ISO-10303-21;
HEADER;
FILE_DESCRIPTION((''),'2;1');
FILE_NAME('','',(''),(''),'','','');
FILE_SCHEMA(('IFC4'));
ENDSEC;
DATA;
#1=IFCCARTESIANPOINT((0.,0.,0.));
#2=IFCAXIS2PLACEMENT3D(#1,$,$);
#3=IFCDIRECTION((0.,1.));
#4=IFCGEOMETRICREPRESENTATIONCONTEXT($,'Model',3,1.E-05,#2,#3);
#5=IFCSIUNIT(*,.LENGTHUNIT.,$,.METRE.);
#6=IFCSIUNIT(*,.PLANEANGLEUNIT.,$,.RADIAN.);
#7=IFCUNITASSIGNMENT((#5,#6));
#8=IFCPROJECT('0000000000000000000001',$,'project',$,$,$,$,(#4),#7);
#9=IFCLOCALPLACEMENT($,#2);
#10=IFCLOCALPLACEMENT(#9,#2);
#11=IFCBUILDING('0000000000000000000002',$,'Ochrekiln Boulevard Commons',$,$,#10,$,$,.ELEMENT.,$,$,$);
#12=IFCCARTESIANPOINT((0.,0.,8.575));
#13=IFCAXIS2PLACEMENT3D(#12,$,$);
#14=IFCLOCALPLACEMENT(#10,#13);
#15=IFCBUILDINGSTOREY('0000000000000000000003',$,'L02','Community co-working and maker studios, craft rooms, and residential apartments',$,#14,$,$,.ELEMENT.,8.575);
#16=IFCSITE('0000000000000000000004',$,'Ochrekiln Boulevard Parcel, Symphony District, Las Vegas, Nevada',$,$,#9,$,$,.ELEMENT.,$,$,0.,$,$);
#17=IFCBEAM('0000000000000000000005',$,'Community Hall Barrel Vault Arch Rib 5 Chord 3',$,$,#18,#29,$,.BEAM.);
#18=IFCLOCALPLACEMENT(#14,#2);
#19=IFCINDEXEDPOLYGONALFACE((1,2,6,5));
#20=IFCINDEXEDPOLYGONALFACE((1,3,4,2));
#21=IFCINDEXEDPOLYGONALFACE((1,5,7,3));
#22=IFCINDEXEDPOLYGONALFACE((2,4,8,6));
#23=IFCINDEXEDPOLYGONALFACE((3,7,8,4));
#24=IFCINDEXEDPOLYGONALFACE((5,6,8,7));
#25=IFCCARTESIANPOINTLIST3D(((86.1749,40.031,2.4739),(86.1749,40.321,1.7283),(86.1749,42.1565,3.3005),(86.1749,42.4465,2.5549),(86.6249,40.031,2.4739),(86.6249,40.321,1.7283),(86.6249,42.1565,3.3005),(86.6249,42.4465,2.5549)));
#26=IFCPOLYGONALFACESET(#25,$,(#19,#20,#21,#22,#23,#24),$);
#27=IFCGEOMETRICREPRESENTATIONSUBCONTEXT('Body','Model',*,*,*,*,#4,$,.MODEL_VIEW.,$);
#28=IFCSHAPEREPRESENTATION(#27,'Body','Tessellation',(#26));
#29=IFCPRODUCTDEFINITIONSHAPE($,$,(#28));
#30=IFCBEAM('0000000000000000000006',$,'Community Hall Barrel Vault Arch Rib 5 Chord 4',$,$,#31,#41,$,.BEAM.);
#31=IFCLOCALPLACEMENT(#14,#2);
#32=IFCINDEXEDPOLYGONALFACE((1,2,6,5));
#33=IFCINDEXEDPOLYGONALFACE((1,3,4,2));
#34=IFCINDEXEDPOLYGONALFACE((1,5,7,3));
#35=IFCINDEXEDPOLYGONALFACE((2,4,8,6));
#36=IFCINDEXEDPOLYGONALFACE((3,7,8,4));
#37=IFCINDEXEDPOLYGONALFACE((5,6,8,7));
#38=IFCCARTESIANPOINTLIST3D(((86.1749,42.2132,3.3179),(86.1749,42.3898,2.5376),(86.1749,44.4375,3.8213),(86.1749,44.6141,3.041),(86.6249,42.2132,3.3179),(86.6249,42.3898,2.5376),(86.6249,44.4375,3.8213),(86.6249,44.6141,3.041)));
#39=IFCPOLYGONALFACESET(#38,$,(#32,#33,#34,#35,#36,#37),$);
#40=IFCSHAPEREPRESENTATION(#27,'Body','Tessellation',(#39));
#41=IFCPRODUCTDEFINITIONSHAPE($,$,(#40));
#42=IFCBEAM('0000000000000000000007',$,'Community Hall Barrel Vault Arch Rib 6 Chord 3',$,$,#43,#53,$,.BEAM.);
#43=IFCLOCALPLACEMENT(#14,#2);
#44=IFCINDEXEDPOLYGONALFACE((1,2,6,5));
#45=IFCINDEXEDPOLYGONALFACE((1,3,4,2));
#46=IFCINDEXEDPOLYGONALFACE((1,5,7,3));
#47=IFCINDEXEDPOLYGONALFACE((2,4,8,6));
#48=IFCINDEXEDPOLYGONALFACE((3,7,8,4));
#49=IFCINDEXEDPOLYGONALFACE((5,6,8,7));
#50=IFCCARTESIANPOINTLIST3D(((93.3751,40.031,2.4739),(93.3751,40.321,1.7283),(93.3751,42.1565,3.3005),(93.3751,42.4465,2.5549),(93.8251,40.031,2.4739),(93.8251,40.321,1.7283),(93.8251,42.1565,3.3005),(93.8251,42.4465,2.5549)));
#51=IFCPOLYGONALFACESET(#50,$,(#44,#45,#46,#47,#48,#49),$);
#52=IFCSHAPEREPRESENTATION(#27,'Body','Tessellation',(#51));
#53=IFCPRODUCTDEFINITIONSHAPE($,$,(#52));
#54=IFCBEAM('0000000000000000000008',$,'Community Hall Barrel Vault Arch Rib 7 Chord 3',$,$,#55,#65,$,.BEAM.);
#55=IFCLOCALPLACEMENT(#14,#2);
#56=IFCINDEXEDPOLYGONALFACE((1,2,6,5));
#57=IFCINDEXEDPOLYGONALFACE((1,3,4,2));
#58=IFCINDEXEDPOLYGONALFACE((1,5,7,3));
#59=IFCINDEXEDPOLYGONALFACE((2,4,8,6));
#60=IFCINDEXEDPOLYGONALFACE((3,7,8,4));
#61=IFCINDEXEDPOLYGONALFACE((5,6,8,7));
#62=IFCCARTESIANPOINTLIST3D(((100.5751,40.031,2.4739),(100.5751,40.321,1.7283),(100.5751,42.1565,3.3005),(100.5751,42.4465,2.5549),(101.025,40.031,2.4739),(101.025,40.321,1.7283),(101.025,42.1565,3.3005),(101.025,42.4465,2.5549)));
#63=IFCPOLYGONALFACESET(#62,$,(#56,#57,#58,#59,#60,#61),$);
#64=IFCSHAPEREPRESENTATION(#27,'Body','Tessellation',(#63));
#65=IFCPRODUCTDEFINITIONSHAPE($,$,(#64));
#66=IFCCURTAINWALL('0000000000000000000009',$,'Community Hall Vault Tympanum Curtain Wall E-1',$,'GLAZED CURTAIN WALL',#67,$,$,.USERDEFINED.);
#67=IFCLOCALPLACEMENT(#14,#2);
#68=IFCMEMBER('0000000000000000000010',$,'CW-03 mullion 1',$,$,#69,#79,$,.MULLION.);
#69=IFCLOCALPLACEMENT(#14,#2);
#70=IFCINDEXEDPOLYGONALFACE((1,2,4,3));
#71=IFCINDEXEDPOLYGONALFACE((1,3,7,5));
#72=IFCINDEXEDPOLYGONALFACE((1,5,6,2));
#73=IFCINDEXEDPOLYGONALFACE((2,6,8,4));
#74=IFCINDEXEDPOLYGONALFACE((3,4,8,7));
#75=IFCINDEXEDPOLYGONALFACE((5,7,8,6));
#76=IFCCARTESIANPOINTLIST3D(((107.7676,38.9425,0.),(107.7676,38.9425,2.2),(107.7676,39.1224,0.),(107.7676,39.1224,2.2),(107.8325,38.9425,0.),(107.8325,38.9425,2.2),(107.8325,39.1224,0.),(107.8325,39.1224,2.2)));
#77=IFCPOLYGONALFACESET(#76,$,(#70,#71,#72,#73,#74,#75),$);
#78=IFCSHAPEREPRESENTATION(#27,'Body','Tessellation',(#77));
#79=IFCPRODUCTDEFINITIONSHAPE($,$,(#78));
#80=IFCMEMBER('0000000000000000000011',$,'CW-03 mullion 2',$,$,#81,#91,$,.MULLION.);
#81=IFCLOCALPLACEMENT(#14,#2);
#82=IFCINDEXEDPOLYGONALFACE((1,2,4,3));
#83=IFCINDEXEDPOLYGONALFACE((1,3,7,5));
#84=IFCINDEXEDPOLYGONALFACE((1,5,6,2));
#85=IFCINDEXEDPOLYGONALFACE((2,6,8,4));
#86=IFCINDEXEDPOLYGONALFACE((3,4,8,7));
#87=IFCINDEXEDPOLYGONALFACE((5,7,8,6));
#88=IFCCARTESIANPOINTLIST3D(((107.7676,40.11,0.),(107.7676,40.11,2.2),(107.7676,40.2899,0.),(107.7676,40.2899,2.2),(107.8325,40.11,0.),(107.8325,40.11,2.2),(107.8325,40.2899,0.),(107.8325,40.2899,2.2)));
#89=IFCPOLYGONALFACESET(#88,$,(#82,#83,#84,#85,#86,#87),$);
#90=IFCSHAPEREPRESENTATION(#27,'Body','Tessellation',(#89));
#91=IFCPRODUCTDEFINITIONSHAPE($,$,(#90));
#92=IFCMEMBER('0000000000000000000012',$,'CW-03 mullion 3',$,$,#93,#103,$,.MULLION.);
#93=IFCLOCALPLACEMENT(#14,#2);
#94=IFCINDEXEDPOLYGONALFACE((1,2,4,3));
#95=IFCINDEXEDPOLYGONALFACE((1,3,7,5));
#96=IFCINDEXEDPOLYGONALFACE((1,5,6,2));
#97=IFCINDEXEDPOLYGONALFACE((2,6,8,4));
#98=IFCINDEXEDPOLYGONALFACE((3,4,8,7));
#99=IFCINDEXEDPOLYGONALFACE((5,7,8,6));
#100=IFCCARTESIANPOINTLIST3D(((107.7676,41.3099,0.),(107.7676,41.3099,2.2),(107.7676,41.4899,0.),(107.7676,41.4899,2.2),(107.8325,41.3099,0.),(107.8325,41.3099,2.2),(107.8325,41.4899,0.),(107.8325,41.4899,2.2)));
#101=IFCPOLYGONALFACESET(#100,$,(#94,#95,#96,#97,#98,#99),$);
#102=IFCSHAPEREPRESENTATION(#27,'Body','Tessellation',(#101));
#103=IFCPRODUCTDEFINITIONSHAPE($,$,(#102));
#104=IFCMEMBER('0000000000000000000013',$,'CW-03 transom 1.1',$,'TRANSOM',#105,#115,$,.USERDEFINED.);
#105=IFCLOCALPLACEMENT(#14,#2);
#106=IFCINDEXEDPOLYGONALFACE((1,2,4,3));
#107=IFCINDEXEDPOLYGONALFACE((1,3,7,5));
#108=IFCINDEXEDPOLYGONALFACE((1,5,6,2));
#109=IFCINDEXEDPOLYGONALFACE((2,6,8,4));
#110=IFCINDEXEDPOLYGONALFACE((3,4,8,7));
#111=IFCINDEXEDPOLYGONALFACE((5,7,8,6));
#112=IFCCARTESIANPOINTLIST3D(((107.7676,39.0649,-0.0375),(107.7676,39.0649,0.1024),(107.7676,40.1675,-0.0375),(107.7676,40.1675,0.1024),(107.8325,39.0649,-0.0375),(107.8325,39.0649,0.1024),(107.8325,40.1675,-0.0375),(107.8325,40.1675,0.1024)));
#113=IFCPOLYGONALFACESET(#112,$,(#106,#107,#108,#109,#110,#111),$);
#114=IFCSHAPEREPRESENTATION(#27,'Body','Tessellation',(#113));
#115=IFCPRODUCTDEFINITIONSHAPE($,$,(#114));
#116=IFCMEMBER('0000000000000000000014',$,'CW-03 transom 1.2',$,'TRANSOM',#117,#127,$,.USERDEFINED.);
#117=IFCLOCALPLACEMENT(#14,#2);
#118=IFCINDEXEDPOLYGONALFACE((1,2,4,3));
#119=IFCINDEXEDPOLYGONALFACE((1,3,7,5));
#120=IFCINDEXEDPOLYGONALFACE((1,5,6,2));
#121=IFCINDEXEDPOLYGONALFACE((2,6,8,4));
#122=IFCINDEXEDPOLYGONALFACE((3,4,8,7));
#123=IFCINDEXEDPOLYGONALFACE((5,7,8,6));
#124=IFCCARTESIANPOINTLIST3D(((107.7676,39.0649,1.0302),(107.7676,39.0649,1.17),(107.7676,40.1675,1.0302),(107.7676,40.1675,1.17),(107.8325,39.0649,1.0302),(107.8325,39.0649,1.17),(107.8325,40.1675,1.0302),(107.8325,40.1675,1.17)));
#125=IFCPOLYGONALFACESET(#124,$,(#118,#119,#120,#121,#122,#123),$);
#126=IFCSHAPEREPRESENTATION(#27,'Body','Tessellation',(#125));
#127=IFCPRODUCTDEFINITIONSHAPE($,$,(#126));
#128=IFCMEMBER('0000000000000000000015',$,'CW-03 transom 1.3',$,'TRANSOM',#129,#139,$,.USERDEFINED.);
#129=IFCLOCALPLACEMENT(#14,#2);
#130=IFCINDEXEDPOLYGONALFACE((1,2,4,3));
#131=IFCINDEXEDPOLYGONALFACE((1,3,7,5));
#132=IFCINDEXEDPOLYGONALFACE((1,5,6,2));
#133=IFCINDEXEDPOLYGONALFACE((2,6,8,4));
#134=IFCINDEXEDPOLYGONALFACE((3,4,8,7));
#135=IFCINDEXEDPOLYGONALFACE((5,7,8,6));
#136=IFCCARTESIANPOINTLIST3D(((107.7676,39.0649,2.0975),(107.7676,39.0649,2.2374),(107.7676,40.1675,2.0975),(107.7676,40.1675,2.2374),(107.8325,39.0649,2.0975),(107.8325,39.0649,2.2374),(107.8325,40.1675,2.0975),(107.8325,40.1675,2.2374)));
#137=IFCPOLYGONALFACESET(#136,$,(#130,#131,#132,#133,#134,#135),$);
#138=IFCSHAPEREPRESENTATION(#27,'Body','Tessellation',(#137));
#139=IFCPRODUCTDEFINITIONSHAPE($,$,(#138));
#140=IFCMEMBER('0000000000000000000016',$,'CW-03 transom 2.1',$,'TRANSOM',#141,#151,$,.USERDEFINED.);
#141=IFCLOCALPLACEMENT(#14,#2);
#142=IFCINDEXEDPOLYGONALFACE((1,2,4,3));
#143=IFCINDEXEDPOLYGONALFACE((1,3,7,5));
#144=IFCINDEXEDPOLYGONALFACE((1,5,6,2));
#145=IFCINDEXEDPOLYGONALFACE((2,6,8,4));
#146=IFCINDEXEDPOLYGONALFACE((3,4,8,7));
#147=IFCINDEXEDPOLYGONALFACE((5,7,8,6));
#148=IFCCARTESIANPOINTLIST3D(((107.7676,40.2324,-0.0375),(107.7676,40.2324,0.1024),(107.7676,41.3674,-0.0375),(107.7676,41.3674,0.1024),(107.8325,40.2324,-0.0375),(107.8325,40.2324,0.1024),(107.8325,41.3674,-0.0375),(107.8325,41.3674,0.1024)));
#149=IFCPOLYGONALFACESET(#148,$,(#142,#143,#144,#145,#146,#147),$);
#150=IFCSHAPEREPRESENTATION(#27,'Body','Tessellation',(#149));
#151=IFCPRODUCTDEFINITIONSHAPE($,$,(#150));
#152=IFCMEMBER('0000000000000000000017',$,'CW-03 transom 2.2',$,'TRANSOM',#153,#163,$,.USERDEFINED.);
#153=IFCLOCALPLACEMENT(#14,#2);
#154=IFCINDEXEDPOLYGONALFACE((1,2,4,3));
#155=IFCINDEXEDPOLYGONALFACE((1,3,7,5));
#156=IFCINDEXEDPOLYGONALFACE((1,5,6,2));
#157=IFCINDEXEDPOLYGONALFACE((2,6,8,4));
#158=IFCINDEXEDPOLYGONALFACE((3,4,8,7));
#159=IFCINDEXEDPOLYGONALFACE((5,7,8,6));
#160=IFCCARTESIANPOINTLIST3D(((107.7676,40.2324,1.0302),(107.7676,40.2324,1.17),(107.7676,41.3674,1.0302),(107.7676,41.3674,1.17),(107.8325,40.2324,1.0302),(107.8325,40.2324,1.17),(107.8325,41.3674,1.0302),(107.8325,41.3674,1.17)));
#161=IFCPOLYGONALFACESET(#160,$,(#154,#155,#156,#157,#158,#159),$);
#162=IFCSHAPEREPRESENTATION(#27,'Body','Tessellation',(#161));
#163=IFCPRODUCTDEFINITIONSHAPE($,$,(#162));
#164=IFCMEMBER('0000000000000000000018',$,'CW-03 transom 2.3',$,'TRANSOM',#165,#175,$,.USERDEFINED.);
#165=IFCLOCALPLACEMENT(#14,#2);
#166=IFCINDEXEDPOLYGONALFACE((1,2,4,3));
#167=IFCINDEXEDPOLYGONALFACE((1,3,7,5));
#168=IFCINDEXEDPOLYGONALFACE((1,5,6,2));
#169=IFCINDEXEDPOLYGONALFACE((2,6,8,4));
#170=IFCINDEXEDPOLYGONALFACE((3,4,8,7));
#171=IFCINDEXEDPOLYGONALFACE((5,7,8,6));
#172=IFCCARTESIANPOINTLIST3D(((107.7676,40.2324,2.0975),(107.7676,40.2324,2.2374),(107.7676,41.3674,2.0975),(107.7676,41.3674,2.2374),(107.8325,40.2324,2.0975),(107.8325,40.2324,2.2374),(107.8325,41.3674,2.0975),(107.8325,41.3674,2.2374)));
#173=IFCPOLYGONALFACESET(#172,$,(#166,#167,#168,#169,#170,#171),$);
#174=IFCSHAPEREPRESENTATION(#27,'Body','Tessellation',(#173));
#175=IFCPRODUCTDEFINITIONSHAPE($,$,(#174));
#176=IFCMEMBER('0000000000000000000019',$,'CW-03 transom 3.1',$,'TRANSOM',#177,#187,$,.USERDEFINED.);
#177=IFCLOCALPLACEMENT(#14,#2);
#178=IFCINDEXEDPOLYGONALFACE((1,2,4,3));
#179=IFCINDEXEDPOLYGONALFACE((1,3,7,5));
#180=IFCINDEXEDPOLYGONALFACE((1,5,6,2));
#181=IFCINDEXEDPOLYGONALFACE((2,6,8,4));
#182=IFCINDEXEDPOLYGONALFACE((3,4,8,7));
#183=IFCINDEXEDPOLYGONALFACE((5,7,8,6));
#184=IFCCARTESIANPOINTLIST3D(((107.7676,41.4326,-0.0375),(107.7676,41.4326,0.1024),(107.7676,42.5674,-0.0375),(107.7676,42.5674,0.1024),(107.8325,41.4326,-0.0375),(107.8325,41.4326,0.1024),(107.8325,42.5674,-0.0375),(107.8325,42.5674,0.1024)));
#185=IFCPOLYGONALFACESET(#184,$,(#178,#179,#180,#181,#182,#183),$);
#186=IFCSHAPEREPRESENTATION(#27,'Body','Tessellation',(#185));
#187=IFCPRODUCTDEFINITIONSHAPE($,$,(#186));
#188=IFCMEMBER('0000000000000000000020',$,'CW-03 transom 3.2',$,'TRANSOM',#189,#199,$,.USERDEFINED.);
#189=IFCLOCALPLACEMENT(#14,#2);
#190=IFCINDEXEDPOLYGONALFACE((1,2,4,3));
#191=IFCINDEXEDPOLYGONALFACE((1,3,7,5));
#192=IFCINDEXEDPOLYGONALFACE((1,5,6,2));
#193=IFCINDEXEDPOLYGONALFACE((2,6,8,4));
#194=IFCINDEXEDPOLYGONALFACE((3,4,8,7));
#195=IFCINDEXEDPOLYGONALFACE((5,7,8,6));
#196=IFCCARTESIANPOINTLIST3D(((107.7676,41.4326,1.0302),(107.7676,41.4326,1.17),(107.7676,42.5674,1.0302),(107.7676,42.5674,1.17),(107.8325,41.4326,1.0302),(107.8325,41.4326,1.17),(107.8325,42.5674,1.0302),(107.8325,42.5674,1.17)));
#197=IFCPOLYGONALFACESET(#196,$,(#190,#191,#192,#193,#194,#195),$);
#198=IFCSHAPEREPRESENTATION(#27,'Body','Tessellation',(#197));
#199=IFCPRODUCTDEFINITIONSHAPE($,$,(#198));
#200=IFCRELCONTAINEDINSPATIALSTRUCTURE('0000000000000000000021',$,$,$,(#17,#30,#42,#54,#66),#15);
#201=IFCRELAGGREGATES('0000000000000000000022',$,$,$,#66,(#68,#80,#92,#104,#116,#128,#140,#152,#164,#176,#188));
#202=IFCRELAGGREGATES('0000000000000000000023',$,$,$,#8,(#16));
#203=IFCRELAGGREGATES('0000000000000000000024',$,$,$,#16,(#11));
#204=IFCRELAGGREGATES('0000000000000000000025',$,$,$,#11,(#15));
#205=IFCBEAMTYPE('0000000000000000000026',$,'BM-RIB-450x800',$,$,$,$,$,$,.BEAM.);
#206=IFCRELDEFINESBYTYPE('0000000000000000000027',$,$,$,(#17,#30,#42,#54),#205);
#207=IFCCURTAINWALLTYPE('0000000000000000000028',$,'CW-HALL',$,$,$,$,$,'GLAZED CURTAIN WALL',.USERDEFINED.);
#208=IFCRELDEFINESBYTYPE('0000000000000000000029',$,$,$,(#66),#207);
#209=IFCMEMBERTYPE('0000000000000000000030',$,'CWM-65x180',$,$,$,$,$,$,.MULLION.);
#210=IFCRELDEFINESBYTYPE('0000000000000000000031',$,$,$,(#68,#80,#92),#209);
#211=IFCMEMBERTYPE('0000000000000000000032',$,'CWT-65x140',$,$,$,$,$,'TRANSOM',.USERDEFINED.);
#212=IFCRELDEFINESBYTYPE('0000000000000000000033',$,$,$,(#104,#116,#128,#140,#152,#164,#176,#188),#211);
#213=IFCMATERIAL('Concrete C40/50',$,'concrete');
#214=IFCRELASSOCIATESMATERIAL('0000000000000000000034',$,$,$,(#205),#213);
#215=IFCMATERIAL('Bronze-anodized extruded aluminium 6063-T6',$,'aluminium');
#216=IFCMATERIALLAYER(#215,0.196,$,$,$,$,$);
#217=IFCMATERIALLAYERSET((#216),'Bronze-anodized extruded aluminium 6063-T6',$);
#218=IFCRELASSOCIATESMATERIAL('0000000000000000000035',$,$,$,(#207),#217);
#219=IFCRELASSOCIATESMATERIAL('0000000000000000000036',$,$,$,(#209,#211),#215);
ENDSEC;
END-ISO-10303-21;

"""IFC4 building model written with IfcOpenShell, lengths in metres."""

from ifc_helpers import new_model, si_unit, direction, frame, origin, origin_2d, place, context, subcontext, project, spatial, rectangle, extrude, material, layer, layer_set, material_profile, profile_set, type_object, element, aggregate, save


model = new_model("IFC4")

# Units and contexts
model_context = context("Model", 3, precision=1e-05, world=origin(), true_north=direction((0.0, 1.0)))
body_context = subcontext(model_context, "Body", "Model", "MODEL_VIEW")
ifc_project = project(units=[si_unit("LENGTHUNIT", "METRE"), si_unit("PLANEANGLEUNIT", "RADIAN")], contexts=[model_context])

# Site, building, storey
site_placement = place(None, origin())
site = spatial("IfcSite", under=ifc_project, at=site_placement, Name="Ochrekiln Boulevard Parcel, Symphony District, Las Vegas, Nevada", CompositionType="ELEMENT", RefElevation=0.0)
building_placement = place(site_placement, origin())
building = spatial("IfcBuilding", under=site, at=building_placement, Name="Ochrekiln Boulevard Commons", CompositionType="ELEMENT")
storey_placement = place(building_placement, frame((0.0, 0.0, 8.575)))
storey = spatial("IfcBuildingStorey", under=building, at=storey_placement, Name="L02", Description="Community co-working and maker studios, craft rooms, and residential apartments", CompositionType="ELEMENT", Elevation=8.575)

# Beams
ifc_material_1 = material(Name="Concrete C40/50", Category="concrete")
ifc_material_profile_1 = material_profile(ifc_material_1, rectangle(XDim=0.45, YDim=0.8, at=origin_2d()), Name="RC-RIB-450x800")
ifc_profile_set_1 = profile_set([ifc_material_profile_1], Name="Concrete C40/50")
beam_type = type_object("IfcBeamType", Name="BM-RIB-450x800", PredefinedType="BEAM", material=ifc_profile_set_1)
for number, where, z_axis, x_axis, name in (
    (1, (86.3999, 40.176, 2.1011), (0.0, 0.931993, 0.362477), (-1.0, 0.0, 0.0), "Community Hall Barrel Vault Arch Rib 5 Chord 3"),
    (2, (86.3999, 42.3015, 2.9277), (0.0, 0.975333, 0.220737), (-1.0, 0.0, 0.0), "Community Hall Barrel Vault Arch Rib 5 Chord 4"),
    (3, (93.6001, 40.176, 2.1011), (0.0, 0.931993, 0.362477), (-1.0, 0.0, 0.0), "Community Hall Barrel Vault Arch Rib 6 Chord 3"),
    (4, (100.8, 40.176, 2.1011), (0.0, 0.931993, 0.362477), (-1.0, 0.0, 0.0), "Community Hall Barrel Vault Arch Rib 7 Chord 3"),
):
    element("IfcBeam", number, at=place(storey_placement, frame(where, z_axis=z_axis, x_axis=x_axis)), inside=storey, type_object=beam_type, Name=name, PredefinedType="BEAM", context=body_context, shape_type="SweptSolid", body=[
        extrude(rectangle(XDim=0.45, YDim=0.8, at=origin_2d()), origin(), (0.0, 0.0, 1.0), 2.2805),
    ])

# Curtain wall, members
ifc_material_2 = material(Name="Bronze-anodized extruded aluminium 6063-T6", Category="aluminium")
ifc_layer_1 = layer(ifc_material_2, 0.196)
ifc_layer_set_1 = layer_set([ifc_layer_1], Name="Bronze-anodized extruded aluminium 6063-T6")
curtain_wall_type = type_object("IfcCurtainWallType", Name="CW-HALL", ElementType="GLAZED CURTAIN WALL", PredefinedType="USERDEFINED", material=ifc_layer_set_1)
curtain_wall_placement = place(storey_placement, origin())
curtain_wall = element("IfcCurtainWall", 5, at=curtain_wall_placement, inside=storey, type_object=curtain_wall_type, Name="Community Hall Vault Tympanum Curtain Wall E-1", ObjectType="GLAZED CURTAIN WALL", PredefinedType="USERDEFINED")
ifc_material_profile_2 = material_profile(ifc_material_2, rectangle(XDim=0.0649, YDim=0.1799, at=origin_2d()), Name="ALU-MUL-65x180")
ifc_profile_set_2 = profile_set([ifc_material_profile_2], Name="Bronze-anodized extruded aluminium 6063-T6")
member_type_1 = type_object("IfcMemberType", Name="CWM-65x180", PredefinedType="MULLION", material=ifc_profile_set_2)
member_1_placement = place(storey_placement, frame((107.8, 39.0325, 0.0), z_axis=(0.0, 0.0, 1.0), x_axis=(-1.0, 0.0, 0.0)))
member_1 = element("IfcMember", 6, at=member_1_placement, type_object=member_type_1, Name="CW-03 mullion 1", PredefinedType="MULLION", context=body_context, shape_type="SweptSolid", body=[
    extrude(rectangle(XDim=0.0649, YDim=0.1799, at=origin_2d()), origin(), (0.0, 0.0, 1.0), 2.2),
])
member_2_placement = place(storey_placement, frame((107.8, 40.2, 0.0), z_axis=(0.0, 0.0, 1.0), x_axis=(-1.0, 0.0, 0.0)))
member_2 = element("IfcMember", 7, at=member_2_placement, type_object=member_type_1, Name="CW-03 mullion 2", PredefinedType="MULLION", context=body_context, shape_type="SweptSolid", body=[
    extrude(rectangle(XDim=0.0649, YDim=0.1799, at=origin_2d()), origin(), (0.0, 0.0, 1.0), 2.2),
])
member_3_placement = place(storey_placement, frame((107.8, 41.3999, 0.0), z_axis=(0.0, 0.0, 1.0), x_axis=(-1.0, 0.0, 0.0)))
member_3 = element("IfcMember", 8, at=member_3_placement, type_object=member_type_1, Name="CW-03 mullion 3", PredefinedType="MULLION", context=body_context, shape_type="SweptSolid", body=[
    extrude(rectangle(XDim=0.0649, YDim=0.1799, at=origin_2d()), origin(), (0.0, 0.0, 1.0), 2.2),
])
ifc_material_profile_3 = material_profile(ifc_material_2, rectangle(XDim=0.0649, YDim=0.1399, at=origin_2d()), Name="ALU-TRN-65x140")
ifc_profile_set_3 = profile_set([ifc_material_profile_3], Name="Bronze-anodized extruded aluminium 6063-T6")
member_type_2 = type_object("IfcMemberType", Name="CWT-65x140", ElementType="TRANSOM", PredefinedType="USERDEFINED", material=ifc_profile_set_3)
member_4_placement = place(storey_placement, frame((107.8, 39.0649, 0.0325), z_axis=(0.0, 1.0, 0.0), x_axis=(-1.0, 0.0, 0.0)))
member_4 = element("IfcMember", 9, at=member_4_placement, type_object=member_type_2, Name="CW-03 transom 1.1", ObjectType="TRANSOM", PredefinedType="USERDEFINED", context=body_context, shape_type="SweptSolid", body=[
    extrude(rectangle(XDim=0.0649, YDim=0.1399, at=origin_2d()), origin(), (0.0, 0.0, 1.0), 1.1025),
])
member_5_placement = place(storey_placement, frame((107.8, 39.0649, 1.1001), z_axis=(0.0, 1.0, 0.0), x_axis=(-1.0, 0.0, 0.0)))
member_5 = element("IfcMember", 10, at=member_5_placement, type_object=member_type_2, Name="CW-03 transom 1.2", ObjectType="TRANSOM", PredefinedType="USERDEFINED", context=body_context, shape_type="SweptSolid", body=[
    extrude(rectangle(XDim=0.0649, YDim=0.1399, at=origin_2d()), origin(), (0.0, 0.0, 1.0), 1.1025),
])
member_6_placement = place(storey_placement, frame((107.8, 39.0649, 2.1675), z_axis=(0.0, 1.0, 0.0), x_axis=(-1.0, 0.0, 0.0)))
member_6 = element("IfcMember", 11, at=member_6_placement, type_object=member_type_2, Name="CW-03 transom 1.3", ObjectType="TRANSOM", PredefinedType="USERDEFINED", context=body_context, shape_type="SweptSolid", body=[
    extrude(rectangle(XDim=0.0649, YDim=0.1399, at=origin_2d()), origin(), (0.0, 0.0, 1.0), 1.1025),
])
member_7_placement = place(storey_placement, frame((107.8, 40.2324, 0.0325), z_axis=(0.0, 1.0, 0.0), x_axis=(-1.0, 0.0, 0.0)))
member_7 = element("IfcMember", 12, at=member_7_placement, type_object=member_type_2, Name="CW-03 transom 2.1", ObjectType="TRANSOM", PredefinedType="USERDEFINED", context=body_context, shape_type="SweptSolid", body=[
    extrude(rectangle(XDim=0.0649, YDim=0.1399, at=origin_2d()), origin(), (0.0, 0.0, 1.0), 1.135),
])
member_8_placement = place(storey_placement, frame((107.8, 40.2324, 1.1001), z_axis=(0.0, 1.0, 0.0), x_axis=(-1.0, 0.0, 0.0)))
member_8 = element("IfcMember", 13, at=member_8_placement, type_object=member_type_2, Name="CW-03 transom 2.2", ObjectType="TRANSOM", PredefinedType="USERDEFINED", context=body_context, shape_type="SweptSolid", body=[
    extrude(rectangle(XDim=0.0649, YDim=0.1399, at=origin_2d()), origin(), (0.0, 0.0, 1.0), 1.135),
])
member_9_placement = place(storey_placement, frame((107.8, 40.2324, 2.1675), z_axis=(0.0, 1.0, 0.0), x_axis=(-1.0, 0.0, 0.0)))
member_9 = element("IfcMember", 14, at=member_9_placement, type_object=member_type_2, Name="CW-03 transom 2.3", ObjectType="TRANSOM", PredefinedType="USERDEFINED", context=body_context, shape_type="SweptSolid", body=[
    extrude(rectangle(XDim=0.0649, YDim=0.1399, at=origin_2d()), origin(), (0.0, 0.0, 1.0), 1.135),
])
member_10_placement = place(storey_placement, frame((107.8, 41.4326, 0.0325), z_axis=(0.0, 1.0, 0.0), x_axis=(-1.0, 0.0, 0.0)))
member_10 = element("IfcMember", 15, at=member_10_placement, type_object=member_type_2, Name="CW-03 transom 3.1", ObjectType="TRANSOM", PredefinedType="USERDEFINED", context=body_context, shape_type="SweptSolid", body=[
    extrude(rectangle(XDim=0.0649, YDim=0.1399, at=origin_2d()), origin(), (0.0, 0.0, 1.0), 1.1348),
])
member_11_placement = place(storey_placement, frame((107.8, 41.4326, 1.1001), z_axis=(0.0, 1.0, 0.0), x_axis=(-1.0, 0.0, 0.0)))
member_11 = element("IfcMember", 16, at=member_11_placement, type_object=member_type_2, Name="CW-03 transom 3.2", ObjectType="TRANSOM", PredefinedType="USERDEFINED", context=body_context, shape_type="SweptSolid", body=[
    extrude(rectangle(XDim=0.0649, YDim=0.1399, at=origin_2d()), origin(), (0.0, 0.0, 1.0), 1.1348),
])
aggregate(curtain_wall, [member_1, member_2, member_3, member_4, member_5, member_6, member_7, member_8, member_9, member_10, member_11])

save(model, "model.ifc")
